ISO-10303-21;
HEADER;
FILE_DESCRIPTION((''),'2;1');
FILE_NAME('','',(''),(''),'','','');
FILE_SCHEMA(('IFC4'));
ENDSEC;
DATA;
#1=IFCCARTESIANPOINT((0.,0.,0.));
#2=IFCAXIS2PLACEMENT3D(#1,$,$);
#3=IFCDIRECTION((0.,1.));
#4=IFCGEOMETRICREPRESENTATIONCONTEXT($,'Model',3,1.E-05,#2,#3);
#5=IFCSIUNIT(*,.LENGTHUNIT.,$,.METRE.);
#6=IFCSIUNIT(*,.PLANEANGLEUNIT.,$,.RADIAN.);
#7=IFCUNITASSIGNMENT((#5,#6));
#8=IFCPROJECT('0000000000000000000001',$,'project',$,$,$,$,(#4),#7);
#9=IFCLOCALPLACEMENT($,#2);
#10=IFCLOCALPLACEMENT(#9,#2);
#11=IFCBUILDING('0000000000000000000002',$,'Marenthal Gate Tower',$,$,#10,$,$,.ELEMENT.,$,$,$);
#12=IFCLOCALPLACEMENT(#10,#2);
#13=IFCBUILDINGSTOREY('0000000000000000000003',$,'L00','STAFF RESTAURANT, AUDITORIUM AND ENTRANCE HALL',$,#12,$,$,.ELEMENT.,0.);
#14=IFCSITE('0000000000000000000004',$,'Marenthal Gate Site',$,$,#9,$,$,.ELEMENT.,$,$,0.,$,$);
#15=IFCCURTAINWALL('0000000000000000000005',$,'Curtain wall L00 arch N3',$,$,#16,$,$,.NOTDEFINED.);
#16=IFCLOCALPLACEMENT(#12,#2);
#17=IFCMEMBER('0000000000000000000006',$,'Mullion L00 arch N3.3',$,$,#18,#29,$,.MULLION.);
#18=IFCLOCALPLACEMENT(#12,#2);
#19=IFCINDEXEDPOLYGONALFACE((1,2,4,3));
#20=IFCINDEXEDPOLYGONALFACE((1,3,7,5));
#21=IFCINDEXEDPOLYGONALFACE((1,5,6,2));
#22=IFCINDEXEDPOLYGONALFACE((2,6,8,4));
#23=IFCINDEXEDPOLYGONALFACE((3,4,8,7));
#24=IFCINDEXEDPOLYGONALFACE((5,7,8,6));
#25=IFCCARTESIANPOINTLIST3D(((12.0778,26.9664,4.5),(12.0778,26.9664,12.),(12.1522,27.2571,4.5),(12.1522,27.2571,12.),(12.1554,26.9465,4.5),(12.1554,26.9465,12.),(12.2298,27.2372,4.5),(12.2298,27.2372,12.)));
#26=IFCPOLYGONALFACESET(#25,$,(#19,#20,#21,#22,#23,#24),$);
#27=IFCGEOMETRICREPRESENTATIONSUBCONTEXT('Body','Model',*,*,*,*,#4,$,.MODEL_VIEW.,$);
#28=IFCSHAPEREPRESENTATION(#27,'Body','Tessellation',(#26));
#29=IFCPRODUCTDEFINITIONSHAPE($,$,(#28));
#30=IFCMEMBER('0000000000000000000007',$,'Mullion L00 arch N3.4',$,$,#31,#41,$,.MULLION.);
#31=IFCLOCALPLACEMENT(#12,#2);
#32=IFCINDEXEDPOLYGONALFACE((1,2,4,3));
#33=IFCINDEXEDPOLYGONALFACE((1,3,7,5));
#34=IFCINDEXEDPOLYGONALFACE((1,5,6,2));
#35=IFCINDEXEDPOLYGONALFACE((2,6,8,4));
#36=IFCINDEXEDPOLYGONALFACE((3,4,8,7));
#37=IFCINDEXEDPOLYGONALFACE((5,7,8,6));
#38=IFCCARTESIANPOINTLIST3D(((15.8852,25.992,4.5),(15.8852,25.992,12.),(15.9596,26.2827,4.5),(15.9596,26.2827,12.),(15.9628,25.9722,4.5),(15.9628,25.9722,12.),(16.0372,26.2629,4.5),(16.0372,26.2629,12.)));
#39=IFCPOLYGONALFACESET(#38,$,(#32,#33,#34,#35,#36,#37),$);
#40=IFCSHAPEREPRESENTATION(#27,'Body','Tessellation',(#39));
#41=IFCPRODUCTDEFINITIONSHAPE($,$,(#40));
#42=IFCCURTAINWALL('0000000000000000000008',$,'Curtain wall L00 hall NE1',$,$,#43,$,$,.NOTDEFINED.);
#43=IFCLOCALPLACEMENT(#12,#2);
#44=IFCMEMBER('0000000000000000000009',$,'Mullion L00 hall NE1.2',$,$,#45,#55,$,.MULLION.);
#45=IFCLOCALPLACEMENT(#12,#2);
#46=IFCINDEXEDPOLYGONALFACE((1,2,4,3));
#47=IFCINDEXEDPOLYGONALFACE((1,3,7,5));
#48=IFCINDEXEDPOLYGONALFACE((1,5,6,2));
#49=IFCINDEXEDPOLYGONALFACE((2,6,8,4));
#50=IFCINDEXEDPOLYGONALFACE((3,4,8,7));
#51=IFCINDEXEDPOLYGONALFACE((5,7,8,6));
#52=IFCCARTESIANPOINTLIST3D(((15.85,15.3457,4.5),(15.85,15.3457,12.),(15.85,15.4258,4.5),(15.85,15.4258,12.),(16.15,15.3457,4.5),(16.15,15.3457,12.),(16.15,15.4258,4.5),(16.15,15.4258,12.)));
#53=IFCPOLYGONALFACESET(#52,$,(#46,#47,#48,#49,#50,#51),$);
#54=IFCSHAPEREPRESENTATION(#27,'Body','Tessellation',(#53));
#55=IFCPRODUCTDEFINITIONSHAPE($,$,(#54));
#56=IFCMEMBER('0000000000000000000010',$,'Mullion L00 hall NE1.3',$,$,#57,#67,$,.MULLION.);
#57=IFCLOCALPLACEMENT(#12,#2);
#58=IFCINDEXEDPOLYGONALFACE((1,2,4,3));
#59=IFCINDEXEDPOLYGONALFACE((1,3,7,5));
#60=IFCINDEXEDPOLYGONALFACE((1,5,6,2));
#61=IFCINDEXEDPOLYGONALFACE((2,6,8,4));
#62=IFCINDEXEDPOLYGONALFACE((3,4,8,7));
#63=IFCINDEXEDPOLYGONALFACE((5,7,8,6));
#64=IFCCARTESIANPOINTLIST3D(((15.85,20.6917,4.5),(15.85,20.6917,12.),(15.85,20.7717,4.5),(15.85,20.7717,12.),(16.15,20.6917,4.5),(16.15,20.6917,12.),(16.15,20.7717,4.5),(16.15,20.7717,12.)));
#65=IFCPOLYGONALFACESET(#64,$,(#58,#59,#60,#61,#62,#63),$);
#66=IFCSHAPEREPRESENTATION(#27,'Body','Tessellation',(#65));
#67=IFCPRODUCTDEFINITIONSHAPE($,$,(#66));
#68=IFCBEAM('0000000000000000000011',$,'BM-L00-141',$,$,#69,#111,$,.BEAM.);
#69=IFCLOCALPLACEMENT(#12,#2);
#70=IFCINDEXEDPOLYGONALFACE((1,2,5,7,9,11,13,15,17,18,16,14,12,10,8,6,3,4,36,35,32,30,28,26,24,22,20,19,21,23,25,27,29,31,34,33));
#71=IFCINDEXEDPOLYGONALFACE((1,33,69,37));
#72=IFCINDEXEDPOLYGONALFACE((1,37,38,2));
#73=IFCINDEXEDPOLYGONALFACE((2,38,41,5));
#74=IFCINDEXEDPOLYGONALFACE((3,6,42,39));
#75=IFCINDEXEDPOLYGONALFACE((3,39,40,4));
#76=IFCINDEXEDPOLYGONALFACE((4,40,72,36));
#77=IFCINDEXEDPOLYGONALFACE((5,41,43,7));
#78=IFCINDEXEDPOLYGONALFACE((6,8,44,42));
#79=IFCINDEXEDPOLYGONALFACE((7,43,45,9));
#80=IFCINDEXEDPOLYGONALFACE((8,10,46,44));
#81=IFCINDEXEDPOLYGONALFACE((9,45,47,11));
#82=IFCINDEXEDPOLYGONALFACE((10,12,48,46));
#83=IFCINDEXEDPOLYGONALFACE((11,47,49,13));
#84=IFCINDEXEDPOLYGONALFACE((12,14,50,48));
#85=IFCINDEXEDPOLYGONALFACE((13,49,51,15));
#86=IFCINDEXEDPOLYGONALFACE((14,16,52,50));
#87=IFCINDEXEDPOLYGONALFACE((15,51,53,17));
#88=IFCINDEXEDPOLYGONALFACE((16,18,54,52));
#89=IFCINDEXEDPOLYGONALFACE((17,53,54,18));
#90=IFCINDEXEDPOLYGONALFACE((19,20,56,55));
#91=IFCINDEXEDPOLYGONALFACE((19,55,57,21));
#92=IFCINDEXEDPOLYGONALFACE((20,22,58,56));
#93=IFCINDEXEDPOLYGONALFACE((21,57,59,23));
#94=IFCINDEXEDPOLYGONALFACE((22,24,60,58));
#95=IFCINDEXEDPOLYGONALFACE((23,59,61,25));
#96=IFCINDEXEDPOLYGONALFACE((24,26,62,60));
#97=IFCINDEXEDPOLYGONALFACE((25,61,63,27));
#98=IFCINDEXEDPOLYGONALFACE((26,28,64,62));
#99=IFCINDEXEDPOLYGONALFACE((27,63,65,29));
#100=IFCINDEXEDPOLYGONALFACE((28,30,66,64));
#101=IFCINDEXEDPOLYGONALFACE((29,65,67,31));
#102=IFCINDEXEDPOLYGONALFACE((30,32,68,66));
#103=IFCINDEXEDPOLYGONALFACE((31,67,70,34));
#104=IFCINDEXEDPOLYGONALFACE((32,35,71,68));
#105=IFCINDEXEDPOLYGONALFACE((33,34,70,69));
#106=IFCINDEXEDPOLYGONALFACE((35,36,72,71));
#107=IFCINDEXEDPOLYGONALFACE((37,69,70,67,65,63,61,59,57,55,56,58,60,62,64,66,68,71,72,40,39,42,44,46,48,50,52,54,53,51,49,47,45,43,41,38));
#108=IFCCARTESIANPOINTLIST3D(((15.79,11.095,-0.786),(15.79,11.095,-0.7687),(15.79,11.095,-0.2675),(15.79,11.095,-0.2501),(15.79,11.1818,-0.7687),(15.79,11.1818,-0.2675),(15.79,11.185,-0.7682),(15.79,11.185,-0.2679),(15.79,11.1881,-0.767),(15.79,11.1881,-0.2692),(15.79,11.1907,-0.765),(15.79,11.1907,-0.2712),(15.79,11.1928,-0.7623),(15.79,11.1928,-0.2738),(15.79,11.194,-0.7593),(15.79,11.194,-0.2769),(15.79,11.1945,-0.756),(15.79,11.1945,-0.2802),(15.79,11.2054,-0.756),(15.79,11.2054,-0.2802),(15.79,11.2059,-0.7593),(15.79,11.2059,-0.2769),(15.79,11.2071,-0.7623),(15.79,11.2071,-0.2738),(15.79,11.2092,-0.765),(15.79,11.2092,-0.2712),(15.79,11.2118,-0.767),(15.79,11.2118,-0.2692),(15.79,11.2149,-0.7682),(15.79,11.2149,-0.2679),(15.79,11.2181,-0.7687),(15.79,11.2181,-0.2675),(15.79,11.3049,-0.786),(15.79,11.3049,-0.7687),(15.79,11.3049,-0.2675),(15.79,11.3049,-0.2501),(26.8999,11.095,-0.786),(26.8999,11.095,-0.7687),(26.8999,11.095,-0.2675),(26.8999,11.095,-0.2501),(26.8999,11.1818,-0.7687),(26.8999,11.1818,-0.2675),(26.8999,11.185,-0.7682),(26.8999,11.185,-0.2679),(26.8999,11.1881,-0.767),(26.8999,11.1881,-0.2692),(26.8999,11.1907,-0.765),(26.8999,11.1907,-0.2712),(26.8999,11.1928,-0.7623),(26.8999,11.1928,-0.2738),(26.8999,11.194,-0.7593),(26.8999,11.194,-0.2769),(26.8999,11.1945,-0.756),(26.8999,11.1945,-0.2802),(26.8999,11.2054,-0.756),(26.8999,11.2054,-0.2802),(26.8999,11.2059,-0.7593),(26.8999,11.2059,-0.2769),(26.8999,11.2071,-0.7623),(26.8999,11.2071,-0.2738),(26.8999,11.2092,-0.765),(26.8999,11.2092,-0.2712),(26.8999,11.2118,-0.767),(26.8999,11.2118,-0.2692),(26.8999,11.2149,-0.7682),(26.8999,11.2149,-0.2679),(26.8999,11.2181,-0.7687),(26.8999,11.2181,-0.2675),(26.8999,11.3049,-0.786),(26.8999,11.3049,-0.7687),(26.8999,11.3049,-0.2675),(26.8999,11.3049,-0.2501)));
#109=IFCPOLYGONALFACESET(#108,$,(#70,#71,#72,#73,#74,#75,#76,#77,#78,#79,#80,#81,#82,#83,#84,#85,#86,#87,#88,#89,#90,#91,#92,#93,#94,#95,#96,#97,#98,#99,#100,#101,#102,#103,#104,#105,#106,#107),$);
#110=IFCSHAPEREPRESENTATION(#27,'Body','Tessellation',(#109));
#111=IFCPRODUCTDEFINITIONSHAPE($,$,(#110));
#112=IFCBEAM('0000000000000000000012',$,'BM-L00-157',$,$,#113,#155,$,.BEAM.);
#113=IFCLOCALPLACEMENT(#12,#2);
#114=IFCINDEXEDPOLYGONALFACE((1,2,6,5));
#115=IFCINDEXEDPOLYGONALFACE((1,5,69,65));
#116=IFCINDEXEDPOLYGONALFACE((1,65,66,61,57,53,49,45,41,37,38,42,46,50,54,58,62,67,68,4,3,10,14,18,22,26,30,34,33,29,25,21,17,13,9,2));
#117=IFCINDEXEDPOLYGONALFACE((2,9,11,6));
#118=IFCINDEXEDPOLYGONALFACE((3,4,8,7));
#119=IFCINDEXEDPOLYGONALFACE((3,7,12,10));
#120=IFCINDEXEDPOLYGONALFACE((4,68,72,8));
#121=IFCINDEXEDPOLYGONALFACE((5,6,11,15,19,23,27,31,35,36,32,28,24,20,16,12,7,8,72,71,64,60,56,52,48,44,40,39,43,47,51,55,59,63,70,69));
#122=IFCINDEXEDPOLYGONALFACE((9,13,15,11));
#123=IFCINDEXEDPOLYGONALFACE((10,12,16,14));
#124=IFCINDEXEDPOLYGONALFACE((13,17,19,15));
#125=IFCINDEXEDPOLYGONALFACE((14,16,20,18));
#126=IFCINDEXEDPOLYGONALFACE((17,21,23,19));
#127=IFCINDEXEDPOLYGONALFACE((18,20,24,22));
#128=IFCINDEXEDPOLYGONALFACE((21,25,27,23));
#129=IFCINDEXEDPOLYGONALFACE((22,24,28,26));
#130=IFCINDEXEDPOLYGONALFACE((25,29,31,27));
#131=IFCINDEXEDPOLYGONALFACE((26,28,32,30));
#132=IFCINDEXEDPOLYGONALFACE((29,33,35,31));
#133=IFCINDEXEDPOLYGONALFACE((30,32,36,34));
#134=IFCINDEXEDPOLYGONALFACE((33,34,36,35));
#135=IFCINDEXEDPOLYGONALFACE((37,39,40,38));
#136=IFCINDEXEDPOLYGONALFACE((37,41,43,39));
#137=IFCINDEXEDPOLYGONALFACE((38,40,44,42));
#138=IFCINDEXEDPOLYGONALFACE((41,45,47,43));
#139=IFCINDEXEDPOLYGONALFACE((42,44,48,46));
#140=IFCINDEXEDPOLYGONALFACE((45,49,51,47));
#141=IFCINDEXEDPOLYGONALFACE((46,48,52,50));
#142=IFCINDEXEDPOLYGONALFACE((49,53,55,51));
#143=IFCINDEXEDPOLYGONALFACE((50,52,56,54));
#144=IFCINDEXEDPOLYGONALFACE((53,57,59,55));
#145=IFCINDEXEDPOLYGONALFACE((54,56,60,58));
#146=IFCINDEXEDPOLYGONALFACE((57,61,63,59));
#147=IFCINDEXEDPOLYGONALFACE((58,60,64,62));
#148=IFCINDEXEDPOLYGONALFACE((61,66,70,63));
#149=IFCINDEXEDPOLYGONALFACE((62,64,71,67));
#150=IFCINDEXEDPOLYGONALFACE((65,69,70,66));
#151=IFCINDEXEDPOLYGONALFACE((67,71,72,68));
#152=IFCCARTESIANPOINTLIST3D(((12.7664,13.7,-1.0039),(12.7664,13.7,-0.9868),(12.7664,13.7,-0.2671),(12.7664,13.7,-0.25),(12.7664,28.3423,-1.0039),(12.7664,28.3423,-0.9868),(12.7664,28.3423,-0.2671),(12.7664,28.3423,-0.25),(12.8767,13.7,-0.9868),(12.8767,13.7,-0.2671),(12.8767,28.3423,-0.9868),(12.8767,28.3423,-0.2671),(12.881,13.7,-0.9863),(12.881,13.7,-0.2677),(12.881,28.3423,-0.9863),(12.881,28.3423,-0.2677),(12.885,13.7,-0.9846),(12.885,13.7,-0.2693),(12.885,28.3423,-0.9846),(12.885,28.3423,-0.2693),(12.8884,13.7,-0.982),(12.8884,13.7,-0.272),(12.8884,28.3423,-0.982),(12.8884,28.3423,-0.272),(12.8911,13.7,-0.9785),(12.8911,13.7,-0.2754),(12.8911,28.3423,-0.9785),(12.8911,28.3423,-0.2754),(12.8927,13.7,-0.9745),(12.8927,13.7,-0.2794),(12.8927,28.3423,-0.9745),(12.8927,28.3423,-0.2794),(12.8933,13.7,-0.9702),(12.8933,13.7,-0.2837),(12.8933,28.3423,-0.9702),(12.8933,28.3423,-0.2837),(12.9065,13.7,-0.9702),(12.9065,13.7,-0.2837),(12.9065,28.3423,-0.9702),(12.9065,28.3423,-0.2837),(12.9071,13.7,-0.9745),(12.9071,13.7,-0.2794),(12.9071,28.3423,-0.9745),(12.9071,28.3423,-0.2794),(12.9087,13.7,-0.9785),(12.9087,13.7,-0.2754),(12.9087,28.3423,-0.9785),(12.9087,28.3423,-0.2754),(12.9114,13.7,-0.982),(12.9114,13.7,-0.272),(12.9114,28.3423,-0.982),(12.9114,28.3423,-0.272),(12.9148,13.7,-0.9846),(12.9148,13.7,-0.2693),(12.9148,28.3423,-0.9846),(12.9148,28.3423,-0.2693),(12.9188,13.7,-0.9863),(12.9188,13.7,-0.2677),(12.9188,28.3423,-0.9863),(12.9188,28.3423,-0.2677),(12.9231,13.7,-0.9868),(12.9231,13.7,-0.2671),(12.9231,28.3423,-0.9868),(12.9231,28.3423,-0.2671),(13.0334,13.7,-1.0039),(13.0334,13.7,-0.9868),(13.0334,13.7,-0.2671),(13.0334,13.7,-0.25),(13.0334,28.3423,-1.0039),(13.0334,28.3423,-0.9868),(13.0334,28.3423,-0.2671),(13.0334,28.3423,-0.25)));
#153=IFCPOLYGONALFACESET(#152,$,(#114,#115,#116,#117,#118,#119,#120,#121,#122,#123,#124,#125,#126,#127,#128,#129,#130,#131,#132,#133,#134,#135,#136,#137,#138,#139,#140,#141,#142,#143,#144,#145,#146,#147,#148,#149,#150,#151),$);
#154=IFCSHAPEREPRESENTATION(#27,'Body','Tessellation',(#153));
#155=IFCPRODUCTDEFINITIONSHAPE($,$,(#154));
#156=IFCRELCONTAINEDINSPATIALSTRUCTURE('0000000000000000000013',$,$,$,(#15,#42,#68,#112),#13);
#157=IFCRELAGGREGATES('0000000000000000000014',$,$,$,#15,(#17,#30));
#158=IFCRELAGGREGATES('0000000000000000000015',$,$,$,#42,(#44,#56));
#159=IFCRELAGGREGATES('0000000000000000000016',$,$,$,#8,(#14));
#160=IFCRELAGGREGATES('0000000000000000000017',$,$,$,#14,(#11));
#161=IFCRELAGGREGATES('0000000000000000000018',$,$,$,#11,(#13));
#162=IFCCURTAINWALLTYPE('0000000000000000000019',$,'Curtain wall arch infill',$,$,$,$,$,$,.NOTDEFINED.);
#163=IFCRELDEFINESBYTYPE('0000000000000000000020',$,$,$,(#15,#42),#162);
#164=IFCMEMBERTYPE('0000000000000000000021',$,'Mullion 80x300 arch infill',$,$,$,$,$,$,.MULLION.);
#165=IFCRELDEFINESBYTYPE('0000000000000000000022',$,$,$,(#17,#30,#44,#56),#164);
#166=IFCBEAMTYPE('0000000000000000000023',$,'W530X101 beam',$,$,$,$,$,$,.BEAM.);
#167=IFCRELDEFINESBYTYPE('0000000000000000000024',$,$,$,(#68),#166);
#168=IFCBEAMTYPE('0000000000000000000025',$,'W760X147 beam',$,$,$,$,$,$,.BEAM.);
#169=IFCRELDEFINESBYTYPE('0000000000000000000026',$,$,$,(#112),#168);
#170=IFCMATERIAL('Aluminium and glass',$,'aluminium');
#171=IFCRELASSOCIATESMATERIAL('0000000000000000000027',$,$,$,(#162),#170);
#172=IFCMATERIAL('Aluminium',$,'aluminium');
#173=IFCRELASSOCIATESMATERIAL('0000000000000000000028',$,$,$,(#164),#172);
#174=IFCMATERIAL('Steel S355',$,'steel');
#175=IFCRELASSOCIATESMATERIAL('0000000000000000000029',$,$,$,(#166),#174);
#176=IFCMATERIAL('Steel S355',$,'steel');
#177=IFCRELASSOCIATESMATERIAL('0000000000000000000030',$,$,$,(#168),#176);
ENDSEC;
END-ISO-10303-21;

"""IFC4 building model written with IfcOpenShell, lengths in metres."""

from ifc_helpers import new_model, si_unit, direction, frame, origin, origin_2d, place, context, subcontext, project, spatial, rectangle, i_section, extrude, material, material_profile, profile_set, type_object, element, aggregate, save


model = new_model("IFC4")

# Units and contexts
model_context = context("Model", 3, precision=1e-05, world=origin(), true_north=direction((0.0, 1.0)))
body_context = subcontext(model_context, "Body", "Model", "MODEL_VIEW")
ifc_project = project(units=[si_unit("LENGTHUNIT", "METRE"), si_unit("PLANEANGLEUNIT", "RADIAN")], contexts=[model_context])

# Site, building, storey
site_placement = place(None, origin())
site = spatial("IfcSite", under=ifc_project, at=site_placement, Name="Marenthal Gate Site", CompositionType="ELEMENT", RefElevation=0.0)
building_placement = place(site_placement, origin())
building = spatial("IfcBuilding", under=site, at=building_placement, Name="Marenthal Gate Tower", CompositionType="ELEMENT")
storey_placement = place(building_placement, origin())
storey = spatial("IfcBuildingStorey", under=building, at=storey_placement, Name="L00", Description="STAFF RESTAURANT, AUDITORIUM AND ENTRANCE HALL", CompositionType="ELEMENT", Elevation=0.0)

# Curtain walls, members
ifc_material_1 = material(Name="Aluminium and glass", Category="aluminium")
curtain_wall_type = type_object("IfcCurtainWallType", Name="Curtain wall arch infill", PredefinedType="NOTDEFINED", material=ifc_material_1)
curtain_wall_1_placement = place(storey_placement, origin())
curtain_wall_1 = element("IfcCurtainWall", 1, at=curtain_wall_1_placement, inside=storey, type_object=curtain_wall_type, Name="Curtain wall L00 arch N3", PredefinedType="NOTDEFINED")
ifc_material_2 = material(Name="Aluminium", Category="aluminium")
ifc_material_profile_1 = material_profile(ifc_material_2, rectangle(XDim=0.3, YDim=0.0801, at=origin_2d()), Name="80x300 aluminium mullion")
ifc_profile_set_1 = profile_set([ifc_material_profile_1], Name="Aluminium")
member_type = type_object("IfcMemberType", Name="Mullion 80x300 arch infill", PredefinedType="MULLION", material=ifc_profile_set_1)
member_1_placement = place(storey_placement, frame((12.1538, 27.1018, 4.5), z_axis=(0.0, 0.0, 1.0), x_axis=(0.247965, 0.968769, 0.0)))
member_1 = element("IfcMember", 2, at=member_1_placement, type_object=member_type, Name="Mullion L00 arch N3.3", PredefinedType="MULLION", context=body_context, shape_type="SweptSolid", body=[
    extrude(rectangle(XDim=0.3, YDim=0.0801, at=origin_2d()), origin(), (0.0, 0.0, 1.0), 7.5),
])
member_2_placement = place(storey_placement, frame((15.9612, 26.1274, 4.5), z_axis=(0.0, 0.0, 1.0), x_axis=(0.247965, 0.968769, 0.0)))
member_2 = element("IfcMember", 3, at=member_2_placement, type_object=member_type, Name="Mullion L00 arch N3.4", PredefinedType="MULLION", context=body_context, shape_type="SweptSolid", body=[
    extrude(rectangle(XDim=0.3, YDim=0.0801, at=origin_2d()), origin(), (0.0, 0.0, 1.0), 7.5),
])
curtain_wall_2_placement = place(storey_placement, origin())
curtain_wall_2 = element("IfcCurtainWall", 4, at=curtain_wall_2_placement, inside=storey, type_object=curtain_wall_type, Name="Curtain wall L00 hall NE1", PredefinedType="NOTDEFINED")
member_3_placement = place(storey_placement, frame((16.0, 15.3857, 4.5), z_axis=(0.0, 0.0, 1.0), x_axis=(-1.0, 0.0, 0.0)))
member_3 = element("IfcMember", 5, at=member_3_placement, type_object=member_type, Name="Mullion L00 hall NE1.2", PredefinedType="MULLION", context=body_context, shape_type="SweptSolid", body=[
    extrude(rectangle(XDim=0.3, YDim=0.0801, at=origin_2d()), origin(), (0.0, 0.0, 1.0), 7.5),
])
member_4_placement = place(storey_placement, frame((16.0, 20.7317, 4.5), z_axis=(0.0, 0.0, 1.0), x_axis=(-1.0, 0.0, 0.0)))
member_4 = element("IfcMember", 6, at=member_4_placement, type_object=member_type, Name="Mullion L00 hall NE1.3", PredefinedType="MULLION", context=body_context, shape_type="SweptSolid", body=[
    extrude(rectangle(XDim=0.3, YDim=0.0801, at=origin_2d()), origin(), (0.0, 0.0, 1.0), 7.5),
])

# Beams
ifc_material_3 = material(Name="Steel S355", Category="steel")
ifc_material_profile_2 = material_profile(ifc_material_3, i_section(OverallWidth=0.21, OverallDepth=0.5359, WebThickness=0.011, FlangeThickness=0.0173, FilletRadius=0.0127, at=origin_2d()), Name="W530X101")
ifc_profile_set_2 = profile_set([ifc_material_profile_2], Name="Steel S355")
beam_type_1 = type_object("IfcBeamType", Name="W530X101 beam", PredefinedType="BEAM", material=ifc_profile_set_2)
beam_1_placement = place(storey_placement, frame((15.79, 11.2, -0.5181), z_axis=(1.0, 0.0, 0.0), x_axis=(0.0, 1.0, 0.0)))
element("IfcBeam", 7, at=beam_1_placement, inside=storey, type_object=beam_type_1, Name="BM-L00-141", PredefinedType="BEAM", context=body_context, shape_type="SweptSolid", body=[
    extrude(i_section(OverallWidth=0.21, OverallDepth=0.5359, WebThickness=0.011, FlangeThickness=0.0173, FilletRadius=0.0127, at=origin_2d()), origin(), (0.0, 0.0, 1.0), 11.1099),
])
ifc_material_4 = material(Name="Steel S355", Category="steel")
ifc_material_profile_3 = material_profile(ifc_material_4, i_section(OverallWidth=0.2671, OverallDepth=0.7539, WebThickness=0.0132, FlangeThickness=0.0171, FilletRadius=0.0166, at=origin_2d()), Name="W760X147")
ifc_profile_set_3 = profile_set([ifc_material_profile_3], Name="Steel S355")
beam_type_2 = type_object("IfcBeamType", Name="W760X147 beam", PredefinedType="BEAM", material=ifc_profile_set_3)
beam_2_placement = place(storey_placement, frame((12.8999, 13.7, -0.627), z_axis=(0.0, 1.0, 0.0), x_axis=(-1.0, 0.0, 0.0)))
element("IfcBeam", 8, at=beam_2_placement, inside=storey, type_object=beam_type_2, Name="BM-L00-157", PredefinedType="BEAM", context=body_context, shape_type="SweptSolid", body=[
    extrude(i_section(OverallWidth=0.2671, OverallDepth=0.7539, WebThickness=0.0132, FlangeThickness=0.0171, FilletRadius=0.0166, at=origin_2d()), origin(), (0.0, 0.0, 1.0), 14.6423),
])

aggregate(curtain_wall_1, [member_1, member_2])
aggregate(curtain_wall_2, [member_3, member_4])

save(model, "model.ifc")
